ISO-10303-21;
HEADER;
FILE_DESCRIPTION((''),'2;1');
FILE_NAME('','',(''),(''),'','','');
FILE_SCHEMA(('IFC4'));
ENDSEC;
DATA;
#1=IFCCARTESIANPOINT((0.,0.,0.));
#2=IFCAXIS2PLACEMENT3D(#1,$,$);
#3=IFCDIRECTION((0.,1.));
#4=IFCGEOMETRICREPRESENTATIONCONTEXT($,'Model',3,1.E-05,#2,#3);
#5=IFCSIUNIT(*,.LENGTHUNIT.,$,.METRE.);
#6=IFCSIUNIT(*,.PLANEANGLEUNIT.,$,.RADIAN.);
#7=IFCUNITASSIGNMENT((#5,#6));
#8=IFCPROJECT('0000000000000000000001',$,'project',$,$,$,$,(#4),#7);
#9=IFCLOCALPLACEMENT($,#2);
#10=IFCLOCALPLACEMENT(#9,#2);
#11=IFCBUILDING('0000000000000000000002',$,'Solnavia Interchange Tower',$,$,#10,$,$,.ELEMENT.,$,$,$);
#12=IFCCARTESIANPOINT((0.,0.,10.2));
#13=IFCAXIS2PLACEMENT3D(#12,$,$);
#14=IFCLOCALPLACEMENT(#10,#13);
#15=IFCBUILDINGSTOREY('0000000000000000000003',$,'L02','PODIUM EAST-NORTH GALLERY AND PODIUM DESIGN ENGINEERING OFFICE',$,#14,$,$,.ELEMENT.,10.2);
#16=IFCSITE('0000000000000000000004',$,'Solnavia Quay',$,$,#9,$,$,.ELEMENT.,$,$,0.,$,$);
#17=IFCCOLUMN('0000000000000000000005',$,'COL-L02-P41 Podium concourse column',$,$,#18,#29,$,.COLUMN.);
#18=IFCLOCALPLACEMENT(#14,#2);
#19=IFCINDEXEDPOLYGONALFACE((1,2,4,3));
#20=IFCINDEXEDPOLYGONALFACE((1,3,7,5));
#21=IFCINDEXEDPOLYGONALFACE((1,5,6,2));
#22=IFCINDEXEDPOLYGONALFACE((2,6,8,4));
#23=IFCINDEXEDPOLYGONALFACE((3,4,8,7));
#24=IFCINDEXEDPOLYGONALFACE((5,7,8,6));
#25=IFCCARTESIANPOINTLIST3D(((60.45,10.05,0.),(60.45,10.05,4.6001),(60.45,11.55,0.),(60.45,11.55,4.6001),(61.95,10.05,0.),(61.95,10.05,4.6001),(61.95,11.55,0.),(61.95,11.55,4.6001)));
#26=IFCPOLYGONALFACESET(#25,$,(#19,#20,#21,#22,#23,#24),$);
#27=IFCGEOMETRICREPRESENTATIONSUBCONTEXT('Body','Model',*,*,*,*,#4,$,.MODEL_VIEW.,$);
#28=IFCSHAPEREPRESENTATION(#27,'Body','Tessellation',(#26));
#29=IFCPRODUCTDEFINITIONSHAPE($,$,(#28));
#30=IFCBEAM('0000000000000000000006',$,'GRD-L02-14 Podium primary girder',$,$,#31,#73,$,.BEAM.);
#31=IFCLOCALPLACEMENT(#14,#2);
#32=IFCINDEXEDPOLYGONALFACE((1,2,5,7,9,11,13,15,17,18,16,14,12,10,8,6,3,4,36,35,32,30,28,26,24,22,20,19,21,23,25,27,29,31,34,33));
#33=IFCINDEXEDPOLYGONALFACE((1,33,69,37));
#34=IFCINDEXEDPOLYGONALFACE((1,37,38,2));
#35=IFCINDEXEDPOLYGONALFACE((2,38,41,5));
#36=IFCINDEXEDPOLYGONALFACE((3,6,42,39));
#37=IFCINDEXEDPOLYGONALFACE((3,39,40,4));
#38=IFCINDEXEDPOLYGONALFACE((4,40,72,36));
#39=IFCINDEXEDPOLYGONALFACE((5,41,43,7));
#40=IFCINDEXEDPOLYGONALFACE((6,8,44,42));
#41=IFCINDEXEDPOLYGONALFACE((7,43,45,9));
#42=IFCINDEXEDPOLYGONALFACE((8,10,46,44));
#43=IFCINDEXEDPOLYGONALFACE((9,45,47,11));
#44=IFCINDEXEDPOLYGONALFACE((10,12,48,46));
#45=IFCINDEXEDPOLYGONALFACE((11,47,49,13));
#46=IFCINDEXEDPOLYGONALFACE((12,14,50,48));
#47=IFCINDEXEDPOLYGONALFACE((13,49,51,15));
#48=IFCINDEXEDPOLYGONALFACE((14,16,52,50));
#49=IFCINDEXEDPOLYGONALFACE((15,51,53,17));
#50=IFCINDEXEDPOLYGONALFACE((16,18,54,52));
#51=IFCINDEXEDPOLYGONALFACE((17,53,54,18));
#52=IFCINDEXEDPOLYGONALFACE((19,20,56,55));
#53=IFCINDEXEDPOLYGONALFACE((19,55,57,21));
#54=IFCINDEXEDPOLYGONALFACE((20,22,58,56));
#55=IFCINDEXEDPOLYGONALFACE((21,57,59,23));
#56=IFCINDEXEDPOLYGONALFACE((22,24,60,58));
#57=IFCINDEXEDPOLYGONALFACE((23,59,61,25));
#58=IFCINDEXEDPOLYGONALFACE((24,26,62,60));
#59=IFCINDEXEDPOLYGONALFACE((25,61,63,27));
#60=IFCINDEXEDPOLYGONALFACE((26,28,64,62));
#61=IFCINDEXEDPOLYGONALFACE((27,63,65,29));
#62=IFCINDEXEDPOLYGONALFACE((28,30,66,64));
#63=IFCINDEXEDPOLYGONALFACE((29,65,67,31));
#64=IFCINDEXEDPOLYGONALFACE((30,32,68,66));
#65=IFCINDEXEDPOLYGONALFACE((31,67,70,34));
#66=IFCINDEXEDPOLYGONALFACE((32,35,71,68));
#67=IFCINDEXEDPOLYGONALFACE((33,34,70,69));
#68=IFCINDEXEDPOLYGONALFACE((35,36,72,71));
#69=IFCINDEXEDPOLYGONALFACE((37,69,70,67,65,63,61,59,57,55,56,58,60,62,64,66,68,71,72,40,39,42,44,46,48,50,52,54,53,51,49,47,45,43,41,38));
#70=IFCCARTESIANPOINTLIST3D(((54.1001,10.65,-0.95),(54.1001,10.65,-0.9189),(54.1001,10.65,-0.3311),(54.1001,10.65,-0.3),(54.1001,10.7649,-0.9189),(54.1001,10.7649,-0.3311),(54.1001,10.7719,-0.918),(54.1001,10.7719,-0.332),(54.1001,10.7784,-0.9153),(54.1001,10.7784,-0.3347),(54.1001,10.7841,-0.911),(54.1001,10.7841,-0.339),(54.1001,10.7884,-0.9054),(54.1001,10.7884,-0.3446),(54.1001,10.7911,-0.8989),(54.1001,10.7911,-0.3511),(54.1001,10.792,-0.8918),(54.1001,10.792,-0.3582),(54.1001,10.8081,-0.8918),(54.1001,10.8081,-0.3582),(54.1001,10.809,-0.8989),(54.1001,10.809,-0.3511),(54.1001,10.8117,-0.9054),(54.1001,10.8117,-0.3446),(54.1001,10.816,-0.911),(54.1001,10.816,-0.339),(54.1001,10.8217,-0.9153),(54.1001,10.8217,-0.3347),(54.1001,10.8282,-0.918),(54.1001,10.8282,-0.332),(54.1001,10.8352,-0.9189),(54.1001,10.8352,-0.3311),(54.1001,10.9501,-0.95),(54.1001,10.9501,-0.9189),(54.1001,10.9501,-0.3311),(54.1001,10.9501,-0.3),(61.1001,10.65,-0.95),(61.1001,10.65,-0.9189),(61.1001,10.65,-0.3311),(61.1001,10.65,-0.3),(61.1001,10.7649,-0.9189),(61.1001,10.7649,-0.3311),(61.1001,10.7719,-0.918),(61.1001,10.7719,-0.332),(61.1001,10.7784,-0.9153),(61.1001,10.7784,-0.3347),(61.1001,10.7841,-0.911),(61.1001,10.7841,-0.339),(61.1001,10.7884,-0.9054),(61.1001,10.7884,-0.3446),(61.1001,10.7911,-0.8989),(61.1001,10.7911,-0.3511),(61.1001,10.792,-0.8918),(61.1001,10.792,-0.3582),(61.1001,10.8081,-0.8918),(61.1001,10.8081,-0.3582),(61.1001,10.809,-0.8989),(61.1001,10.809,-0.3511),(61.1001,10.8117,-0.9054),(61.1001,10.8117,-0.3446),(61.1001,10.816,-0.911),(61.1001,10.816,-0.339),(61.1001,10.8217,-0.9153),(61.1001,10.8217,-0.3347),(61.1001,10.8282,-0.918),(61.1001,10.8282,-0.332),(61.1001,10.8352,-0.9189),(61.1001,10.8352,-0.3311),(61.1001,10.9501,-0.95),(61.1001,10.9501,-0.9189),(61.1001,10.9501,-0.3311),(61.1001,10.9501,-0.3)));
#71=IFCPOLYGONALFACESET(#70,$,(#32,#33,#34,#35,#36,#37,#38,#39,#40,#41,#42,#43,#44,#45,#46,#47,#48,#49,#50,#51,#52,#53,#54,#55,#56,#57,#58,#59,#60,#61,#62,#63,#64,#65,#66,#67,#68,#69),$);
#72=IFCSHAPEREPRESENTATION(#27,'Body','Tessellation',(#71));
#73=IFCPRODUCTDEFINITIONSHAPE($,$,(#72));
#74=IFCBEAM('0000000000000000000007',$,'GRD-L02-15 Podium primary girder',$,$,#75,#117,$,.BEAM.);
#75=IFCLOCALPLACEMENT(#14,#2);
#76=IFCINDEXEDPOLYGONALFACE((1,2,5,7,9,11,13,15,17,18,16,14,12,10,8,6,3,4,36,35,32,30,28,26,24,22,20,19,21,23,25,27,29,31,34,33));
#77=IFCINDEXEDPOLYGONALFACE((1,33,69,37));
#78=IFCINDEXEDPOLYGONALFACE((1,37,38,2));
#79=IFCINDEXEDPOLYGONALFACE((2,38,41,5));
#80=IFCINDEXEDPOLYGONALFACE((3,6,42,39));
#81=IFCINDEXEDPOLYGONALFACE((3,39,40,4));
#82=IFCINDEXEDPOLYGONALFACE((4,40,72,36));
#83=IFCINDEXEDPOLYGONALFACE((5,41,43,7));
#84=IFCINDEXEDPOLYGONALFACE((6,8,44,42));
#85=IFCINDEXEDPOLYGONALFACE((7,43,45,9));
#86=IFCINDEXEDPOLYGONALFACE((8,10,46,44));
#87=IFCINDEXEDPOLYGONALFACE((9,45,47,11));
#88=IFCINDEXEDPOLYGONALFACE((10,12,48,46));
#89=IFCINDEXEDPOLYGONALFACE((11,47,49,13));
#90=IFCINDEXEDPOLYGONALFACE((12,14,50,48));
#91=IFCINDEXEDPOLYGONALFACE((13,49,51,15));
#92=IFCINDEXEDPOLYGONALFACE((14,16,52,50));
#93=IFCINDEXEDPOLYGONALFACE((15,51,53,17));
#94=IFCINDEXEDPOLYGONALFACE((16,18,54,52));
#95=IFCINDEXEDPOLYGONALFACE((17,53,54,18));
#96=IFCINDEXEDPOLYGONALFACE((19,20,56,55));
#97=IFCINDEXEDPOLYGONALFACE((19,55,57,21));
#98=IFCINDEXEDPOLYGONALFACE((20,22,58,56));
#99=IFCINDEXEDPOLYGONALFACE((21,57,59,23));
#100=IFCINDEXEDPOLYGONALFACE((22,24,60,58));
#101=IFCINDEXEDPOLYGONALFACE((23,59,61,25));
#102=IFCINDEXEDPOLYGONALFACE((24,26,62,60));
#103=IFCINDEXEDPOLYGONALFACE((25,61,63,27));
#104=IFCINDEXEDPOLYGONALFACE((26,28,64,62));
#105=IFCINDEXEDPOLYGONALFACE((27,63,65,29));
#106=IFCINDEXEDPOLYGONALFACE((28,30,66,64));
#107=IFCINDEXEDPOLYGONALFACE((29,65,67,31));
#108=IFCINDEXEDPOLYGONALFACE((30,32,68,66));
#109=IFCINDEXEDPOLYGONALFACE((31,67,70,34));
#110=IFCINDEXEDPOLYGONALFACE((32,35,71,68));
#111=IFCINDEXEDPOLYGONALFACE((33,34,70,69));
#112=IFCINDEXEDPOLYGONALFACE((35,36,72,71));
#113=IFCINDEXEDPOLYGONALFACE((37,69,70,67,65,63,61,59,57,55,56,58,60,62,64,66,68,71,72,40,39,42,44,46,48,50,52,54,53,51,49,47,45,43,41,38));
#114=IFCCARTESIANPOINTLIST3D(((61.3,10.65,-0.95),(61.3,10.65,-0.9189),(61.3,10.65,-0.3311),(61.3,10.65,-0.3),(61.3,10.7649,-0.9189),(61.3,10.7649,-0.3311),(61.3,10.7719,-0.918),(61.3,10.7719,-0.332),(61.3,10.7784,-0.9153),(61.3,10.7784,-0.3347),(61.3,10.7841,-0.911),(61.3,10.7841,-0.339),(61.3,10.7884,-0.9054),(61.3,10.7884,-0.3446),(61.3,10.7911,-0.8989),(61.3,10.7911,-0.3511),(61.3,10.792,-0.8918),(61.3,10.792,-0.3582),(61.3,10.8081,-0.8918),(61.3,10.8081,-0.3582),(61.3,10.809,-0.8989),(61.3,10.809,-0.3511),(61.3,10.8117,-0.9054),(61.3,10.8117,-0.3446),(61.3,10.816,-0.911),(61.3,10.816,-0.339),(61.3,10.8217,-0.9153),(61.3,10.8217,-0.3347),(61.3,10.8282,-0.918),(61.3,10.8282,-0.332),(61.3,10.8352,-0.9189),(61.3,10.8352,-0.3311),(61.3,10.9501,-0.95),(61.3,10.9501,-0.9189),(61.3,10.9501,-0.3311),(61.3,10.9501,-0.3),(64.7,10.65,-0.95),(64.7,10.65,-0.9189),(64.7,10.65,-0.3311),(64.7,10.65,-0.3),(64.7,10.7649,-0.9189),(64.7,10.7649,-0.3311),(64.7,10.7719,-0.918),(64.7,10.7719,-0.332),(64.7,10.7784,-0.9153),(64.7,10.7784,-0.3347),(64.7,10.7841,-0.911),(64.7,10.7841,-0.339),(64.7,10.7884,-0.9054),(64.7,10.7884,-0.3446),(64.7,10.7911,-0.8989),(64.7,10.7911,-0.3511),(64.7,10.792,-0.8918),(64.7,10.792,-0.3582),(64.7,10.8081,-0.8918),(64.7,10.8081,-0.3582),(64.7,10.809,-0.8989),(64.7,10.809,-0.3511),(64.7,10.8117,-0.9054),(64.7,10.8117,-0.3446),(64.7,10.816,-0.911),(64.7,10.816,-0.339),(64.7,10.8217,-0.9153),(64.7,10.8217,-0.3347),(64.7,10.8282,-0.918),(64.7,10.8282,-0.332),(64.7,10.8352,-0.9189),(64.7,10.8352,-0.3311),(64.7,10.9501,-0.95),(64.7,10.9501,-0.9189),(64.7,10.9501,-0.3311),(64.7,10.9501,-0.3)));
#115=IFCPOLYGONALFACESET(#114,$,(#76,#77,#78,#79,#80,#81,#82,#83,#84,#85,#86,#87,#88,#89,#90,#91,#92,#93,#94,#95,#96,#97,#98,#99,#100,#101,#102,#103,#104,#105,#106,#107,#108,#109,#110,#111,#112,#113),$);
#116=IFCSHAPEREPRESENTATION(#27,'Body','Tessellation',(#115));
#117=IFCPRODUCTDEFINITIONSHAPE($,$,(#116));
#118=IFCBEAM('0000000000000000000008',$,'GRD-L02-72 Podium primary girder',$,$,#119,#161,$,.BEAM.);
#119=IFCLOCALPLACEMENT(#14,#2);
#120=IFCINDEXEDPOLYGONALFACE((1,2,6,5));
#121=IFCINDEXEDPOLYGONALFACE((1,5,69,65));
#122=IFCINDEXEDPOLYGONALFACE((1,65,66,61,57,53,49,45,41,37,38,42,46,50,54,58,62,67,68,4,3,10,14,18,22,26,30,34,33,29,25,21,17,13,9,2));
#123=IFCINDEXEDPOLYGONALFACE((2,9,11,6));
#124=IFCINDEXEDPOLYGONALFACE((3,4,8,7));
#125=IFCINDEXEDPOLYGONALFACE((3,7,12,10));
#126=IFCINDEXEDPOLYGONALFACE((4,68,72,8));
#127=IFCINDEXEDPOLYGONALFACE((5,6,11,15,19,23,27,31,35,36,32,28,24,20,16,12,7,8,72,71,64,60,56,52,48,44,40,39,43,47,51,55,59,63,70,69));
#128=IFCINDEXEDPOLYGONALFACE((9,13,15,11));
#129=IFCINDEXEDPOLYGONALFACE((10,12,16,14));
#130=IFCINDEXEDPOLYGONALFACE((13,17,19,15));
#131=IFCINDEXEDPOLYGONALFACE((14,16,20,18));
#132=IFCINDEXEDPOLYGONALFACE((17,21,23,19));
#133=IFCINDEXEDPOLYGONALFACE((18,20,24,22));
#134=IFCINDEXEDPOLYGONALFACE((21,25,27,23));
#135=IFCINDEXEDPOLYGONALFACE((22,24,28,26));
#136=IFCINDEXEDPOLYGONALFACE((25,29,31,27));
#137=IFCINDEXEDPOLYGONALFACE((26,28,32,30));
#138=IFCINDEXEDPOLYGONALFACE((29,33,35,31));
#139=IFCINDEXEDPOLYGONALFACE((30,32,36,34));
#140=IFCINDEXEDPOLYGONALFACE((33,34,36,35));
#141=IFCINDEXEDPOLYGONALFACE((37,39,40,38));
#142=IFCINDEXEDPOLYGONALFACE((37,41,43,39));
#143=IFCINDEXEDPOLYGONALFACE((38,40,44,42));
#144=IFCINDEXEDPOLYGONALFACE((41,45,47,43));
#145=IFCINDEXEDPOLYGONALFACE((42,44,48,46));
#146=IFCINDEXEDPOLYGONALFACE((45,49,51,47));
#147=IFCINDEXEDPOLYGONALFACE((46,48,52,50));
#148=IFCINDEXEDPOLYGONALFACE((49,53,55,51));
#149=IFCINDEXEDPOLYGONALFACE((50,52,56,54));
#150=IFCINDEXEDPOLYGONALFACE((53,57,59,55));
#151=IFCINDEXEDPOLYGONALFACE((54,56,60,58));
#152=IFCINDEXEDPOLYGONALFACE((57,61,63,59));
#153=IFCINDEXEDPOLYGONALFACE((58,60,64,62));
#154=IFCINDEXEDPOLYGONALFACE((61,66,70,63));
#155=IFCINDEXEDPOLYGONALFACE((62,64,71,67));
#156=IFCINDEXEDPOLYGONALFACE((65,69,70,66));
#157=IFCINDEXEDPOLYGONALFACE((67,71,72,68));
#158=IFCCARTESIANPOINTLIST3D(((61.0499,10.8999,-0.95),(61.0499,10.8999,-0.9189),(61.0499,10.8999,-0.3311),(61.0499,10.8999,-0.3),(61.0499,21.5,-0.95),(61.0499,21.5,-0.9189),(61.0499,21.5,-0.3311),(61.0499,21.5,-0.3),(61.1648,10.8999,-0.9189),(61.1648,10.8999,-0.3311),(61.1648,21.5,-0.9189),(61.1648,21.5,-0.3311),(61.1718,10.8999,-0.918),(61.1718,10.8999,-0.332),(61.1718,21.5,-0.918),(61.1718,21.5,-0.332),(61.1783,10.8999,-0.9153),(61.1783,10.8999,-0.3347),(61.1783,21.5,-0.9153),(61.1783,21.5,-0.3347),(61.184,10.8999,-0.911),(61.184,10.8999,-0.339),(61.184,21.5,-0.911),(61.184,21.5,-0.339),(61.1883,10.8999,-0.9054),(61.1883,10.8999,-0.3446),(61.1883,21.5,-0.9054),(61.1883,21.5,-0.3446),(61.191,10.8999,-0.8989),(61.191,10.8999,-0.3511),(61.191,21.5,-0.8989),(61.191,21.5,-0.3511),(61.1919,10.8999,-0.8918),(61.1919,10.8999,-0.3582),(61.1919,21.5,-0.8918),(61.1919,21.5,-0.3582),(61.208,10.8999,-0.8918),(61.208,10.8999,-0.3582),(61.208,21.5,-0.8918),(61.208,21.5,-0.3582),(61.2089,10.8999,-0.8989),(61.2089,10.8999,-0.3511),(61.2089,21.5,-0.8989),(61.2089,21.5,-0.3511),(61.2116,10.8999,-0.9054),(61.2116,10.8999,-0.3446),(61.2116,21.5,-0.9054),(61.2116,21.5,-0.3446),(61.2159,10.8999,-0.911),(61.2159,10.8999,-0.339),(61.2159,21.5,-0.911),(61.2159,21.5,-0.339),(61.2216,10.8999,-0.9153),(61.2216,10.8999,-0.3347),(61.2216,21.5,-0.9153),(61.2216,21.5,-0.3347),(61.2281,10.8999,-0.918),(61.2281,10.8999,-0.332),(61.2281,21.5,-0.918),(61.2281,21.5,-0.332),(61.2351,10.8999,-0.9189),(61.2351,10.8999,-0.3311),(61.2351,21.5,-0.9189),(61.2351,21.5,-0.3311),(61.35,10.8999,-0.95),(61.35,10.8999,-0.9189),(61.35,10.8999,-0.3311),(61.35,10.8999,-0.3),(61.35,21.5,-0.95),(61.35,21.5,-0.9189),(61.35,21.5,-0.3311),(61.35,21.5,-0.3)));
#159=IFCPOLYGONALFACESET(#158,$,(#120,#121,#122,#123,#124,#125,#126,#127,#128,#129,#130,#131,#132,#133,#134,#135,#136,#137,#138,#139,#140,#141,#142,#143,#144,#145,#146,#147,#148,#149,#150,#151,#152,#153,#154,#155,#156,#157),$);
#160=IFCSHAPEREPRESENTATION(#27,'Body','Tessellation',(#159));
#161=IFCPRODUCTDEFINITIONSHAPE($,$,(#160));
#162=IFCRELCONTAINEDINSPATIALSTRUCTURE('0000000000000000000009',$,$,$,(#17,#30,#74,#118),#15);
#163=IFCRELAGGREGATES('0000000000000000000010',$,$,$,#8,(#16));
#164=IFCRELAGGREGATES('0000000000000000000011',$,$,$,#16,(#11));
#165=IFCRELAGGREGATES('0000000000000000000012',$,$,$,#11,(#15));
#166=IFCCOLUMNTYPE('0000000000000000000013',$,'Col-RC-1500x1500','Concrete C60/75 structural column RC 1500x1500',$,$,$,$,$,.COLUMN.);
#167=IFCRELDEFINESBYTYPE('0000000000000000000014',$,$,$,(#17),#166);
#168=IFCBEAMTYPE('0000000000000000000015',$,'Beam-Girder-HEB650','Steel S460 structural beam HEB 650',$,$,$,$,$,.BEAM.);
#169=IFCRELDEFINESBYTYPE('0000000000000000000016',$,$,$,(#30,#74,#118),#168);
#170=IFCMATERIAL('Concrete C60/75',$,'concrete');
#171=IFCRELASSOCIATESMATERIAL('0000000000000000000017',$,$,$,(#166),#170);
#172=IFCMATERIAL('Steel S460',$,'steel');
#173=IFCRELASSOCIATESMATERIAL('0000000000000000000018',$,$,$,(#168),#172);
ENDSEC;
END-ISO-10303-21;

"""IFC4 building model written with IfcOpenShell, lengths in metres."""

from ifc_helpers import new_model, si_unit, direction, frame, origin, origin_2d, place, context, subcontext, project, spatial, rectangle, i_section, extrude, material, material_profile, profile_set, type_object, element, save


model = new_model("IFC4")

# Units and contexts
model_context = context("Model", 3, precision=1e-05, world=origin(), true_north=direction((0.0, 1.0)))
body_context = subcontext(model_context, "Body", "Model", "MODEL_VIEW")
ifc_project = project(units=[si_unit("LENGTHUNIT", "METRE"), si_unit("PLANEANGLEUNIT", "RADIAN")], contexts=[model_context])

# Site, building, storey
site_placement = place(None, origin())
site = spatial("IfcSite", under=ifc_project, at=site_placement, Name="Solnavia Quay", CompositionType="ELEMENT", RefElevation=0.0)
building_placement = place(site_placement, origin())
building = spatial("IfcBuilding", under=site, at=building_placement, Name="Solnavia Interchange Tower", CompositionType="ELEMENT")
storey_placement = place(building_placement, frame((0.0, 0.0, 10.2)))
storey = spatial("IfcBuildingStorey", under=building, at=storey_placement, Name="L02", Description="PODIUM EAST-NORTH GALLERY AND PODIUM DESIGN ENGINEERING OFFICE", CompositionType="ELEMENT", Elevation=10.2)

# Column
ifc_material_1 = material(Name="Concrete C60/75", Category="concrete")
ifc_material_profile_1 = material_profile(ifc_material_1, rectangle(XDim=1.5, YDim=1.5, at=origin_2d()), Name="RC 1500x1500")
ifc_profile_set_1 = profile_set([ifc_material_profile_1], Name="Concrete C60/75")
column_type = type_object("IfcColumnType", Name="Col-RC-1500x1500", Description="Concrete C60/75 structural column RC 1500x1500", PredefinedType="COLUMN", material=ifc_profile_set_1)
column_placement = place(storey_placement, frame((61.2, 10.8, 0.0), z_axis=(0.0, 0.0, 1.0), x_axis=(1.0, 0.0, 0.0)))
element("IfcColumn", 1, at=column_placement, inside=storey, type_object=column_type, Name="COL-L02-P41 Podium concourse column", PredefinedType="COLUMN", context=body_context, shape_type="SweptSolid", body=[
    extrude(rectangle(XDim=1.5, YDim=1.5, at=origin_2d()), origin(), (0.0, 0.0, 1.0), 4.6001),
])

# Beams
ifc_material_2 = material(Name="Steel S460", Category="steel")
ifc_material_profile_2 = material_profile(ifc_material_2, i_section(OverallWidth=0.3, OverallDepth=0.6499, WebThickness=0.0161, FlangeThickness=0.031, FilletRadius=0.0271, at=origin_2d()), Name="HEB 650")
ifc_profile_set_2 = profile_set([ifc_material_profile_2], Name="Steel S460")
beam_type_1 = type_object("IfcBeamType", Name="Beam-Girder-HEB650", Description="Steel S460 structural beam HEB 650", PredefinedType="BEAM", material=ifc_profile_set_2)
beam_1_placement = place(storey_placement, frame((54.1001, 10.8, -0.625), z_axis=(1.0, 0.0, 0.0), x_axis=(0.0, 1.0, 0.0)))
element("IfcBeam", 2, at=beam_1_placement, inside=storey, type_object=beam_type_1, Name="GRD-L02-14 Podium primary girder", PredefinedType="BEAM", context=body_context, shape_type="SweptSolid", body=[
    extrude(i_section(OverallWidth=0.3, OverallDepth=0.6499, WebThickness=0.0161, FlangeThickness=0.031, FilletRadius=0.0271, at=origin_2d()), origin(), (0.0, 0.0, 1.0), 7.0),
])
beam_2_placement = place(storey_placement, frame((61.3, 10.8, -0.625), z_axis=(1.0, 0.0, 0.0), x_axis=(0.0, 1.0, 0.0)))
element("IfcBeam", 3, at=beam_2_placement, inside=storey, type_object=beam_type_1, Name="GRD-L02-15 Podium primary girder", PredefinedType="BEAM", context=body_context, shape_type="SweptSolid", body=[
    extrude(i_section(OverallWidth=0.3, OverallDepth=0.6499, WebThickness=0.0161, FlangeThickness=0.031, FilletRadius=0.0271, at=origin_2d()), origin(), (0.0, 0.0, 1.0), 3.3999),
])
beam_3_placement = place(storey_placement, frame((61.2, 10.8999, -0.625), z_axis=(0.0, 1.0, 0.0), x_axis=(-1.0, 0.0, 0.0)))
element("IfcBeam", 4, at=beam_3_placement, inside=storey, type_object=beam_type_1, Name="GRD-L02-72 Podium primary girder", PredefinedType="BEAM", context=body_context, shape_type="SweptSolid", body=[
    extrude(i_section(OverallWidth=0.3, OverallDepth=0.6499, WebThickness=0.0161, FlangeThickness=0.031, FilletRadius=0.0271, at=origin_2d()), origin(), (0.0, 0.0, 1.0), 10.6001),
])

save(model, "model.ifc")
